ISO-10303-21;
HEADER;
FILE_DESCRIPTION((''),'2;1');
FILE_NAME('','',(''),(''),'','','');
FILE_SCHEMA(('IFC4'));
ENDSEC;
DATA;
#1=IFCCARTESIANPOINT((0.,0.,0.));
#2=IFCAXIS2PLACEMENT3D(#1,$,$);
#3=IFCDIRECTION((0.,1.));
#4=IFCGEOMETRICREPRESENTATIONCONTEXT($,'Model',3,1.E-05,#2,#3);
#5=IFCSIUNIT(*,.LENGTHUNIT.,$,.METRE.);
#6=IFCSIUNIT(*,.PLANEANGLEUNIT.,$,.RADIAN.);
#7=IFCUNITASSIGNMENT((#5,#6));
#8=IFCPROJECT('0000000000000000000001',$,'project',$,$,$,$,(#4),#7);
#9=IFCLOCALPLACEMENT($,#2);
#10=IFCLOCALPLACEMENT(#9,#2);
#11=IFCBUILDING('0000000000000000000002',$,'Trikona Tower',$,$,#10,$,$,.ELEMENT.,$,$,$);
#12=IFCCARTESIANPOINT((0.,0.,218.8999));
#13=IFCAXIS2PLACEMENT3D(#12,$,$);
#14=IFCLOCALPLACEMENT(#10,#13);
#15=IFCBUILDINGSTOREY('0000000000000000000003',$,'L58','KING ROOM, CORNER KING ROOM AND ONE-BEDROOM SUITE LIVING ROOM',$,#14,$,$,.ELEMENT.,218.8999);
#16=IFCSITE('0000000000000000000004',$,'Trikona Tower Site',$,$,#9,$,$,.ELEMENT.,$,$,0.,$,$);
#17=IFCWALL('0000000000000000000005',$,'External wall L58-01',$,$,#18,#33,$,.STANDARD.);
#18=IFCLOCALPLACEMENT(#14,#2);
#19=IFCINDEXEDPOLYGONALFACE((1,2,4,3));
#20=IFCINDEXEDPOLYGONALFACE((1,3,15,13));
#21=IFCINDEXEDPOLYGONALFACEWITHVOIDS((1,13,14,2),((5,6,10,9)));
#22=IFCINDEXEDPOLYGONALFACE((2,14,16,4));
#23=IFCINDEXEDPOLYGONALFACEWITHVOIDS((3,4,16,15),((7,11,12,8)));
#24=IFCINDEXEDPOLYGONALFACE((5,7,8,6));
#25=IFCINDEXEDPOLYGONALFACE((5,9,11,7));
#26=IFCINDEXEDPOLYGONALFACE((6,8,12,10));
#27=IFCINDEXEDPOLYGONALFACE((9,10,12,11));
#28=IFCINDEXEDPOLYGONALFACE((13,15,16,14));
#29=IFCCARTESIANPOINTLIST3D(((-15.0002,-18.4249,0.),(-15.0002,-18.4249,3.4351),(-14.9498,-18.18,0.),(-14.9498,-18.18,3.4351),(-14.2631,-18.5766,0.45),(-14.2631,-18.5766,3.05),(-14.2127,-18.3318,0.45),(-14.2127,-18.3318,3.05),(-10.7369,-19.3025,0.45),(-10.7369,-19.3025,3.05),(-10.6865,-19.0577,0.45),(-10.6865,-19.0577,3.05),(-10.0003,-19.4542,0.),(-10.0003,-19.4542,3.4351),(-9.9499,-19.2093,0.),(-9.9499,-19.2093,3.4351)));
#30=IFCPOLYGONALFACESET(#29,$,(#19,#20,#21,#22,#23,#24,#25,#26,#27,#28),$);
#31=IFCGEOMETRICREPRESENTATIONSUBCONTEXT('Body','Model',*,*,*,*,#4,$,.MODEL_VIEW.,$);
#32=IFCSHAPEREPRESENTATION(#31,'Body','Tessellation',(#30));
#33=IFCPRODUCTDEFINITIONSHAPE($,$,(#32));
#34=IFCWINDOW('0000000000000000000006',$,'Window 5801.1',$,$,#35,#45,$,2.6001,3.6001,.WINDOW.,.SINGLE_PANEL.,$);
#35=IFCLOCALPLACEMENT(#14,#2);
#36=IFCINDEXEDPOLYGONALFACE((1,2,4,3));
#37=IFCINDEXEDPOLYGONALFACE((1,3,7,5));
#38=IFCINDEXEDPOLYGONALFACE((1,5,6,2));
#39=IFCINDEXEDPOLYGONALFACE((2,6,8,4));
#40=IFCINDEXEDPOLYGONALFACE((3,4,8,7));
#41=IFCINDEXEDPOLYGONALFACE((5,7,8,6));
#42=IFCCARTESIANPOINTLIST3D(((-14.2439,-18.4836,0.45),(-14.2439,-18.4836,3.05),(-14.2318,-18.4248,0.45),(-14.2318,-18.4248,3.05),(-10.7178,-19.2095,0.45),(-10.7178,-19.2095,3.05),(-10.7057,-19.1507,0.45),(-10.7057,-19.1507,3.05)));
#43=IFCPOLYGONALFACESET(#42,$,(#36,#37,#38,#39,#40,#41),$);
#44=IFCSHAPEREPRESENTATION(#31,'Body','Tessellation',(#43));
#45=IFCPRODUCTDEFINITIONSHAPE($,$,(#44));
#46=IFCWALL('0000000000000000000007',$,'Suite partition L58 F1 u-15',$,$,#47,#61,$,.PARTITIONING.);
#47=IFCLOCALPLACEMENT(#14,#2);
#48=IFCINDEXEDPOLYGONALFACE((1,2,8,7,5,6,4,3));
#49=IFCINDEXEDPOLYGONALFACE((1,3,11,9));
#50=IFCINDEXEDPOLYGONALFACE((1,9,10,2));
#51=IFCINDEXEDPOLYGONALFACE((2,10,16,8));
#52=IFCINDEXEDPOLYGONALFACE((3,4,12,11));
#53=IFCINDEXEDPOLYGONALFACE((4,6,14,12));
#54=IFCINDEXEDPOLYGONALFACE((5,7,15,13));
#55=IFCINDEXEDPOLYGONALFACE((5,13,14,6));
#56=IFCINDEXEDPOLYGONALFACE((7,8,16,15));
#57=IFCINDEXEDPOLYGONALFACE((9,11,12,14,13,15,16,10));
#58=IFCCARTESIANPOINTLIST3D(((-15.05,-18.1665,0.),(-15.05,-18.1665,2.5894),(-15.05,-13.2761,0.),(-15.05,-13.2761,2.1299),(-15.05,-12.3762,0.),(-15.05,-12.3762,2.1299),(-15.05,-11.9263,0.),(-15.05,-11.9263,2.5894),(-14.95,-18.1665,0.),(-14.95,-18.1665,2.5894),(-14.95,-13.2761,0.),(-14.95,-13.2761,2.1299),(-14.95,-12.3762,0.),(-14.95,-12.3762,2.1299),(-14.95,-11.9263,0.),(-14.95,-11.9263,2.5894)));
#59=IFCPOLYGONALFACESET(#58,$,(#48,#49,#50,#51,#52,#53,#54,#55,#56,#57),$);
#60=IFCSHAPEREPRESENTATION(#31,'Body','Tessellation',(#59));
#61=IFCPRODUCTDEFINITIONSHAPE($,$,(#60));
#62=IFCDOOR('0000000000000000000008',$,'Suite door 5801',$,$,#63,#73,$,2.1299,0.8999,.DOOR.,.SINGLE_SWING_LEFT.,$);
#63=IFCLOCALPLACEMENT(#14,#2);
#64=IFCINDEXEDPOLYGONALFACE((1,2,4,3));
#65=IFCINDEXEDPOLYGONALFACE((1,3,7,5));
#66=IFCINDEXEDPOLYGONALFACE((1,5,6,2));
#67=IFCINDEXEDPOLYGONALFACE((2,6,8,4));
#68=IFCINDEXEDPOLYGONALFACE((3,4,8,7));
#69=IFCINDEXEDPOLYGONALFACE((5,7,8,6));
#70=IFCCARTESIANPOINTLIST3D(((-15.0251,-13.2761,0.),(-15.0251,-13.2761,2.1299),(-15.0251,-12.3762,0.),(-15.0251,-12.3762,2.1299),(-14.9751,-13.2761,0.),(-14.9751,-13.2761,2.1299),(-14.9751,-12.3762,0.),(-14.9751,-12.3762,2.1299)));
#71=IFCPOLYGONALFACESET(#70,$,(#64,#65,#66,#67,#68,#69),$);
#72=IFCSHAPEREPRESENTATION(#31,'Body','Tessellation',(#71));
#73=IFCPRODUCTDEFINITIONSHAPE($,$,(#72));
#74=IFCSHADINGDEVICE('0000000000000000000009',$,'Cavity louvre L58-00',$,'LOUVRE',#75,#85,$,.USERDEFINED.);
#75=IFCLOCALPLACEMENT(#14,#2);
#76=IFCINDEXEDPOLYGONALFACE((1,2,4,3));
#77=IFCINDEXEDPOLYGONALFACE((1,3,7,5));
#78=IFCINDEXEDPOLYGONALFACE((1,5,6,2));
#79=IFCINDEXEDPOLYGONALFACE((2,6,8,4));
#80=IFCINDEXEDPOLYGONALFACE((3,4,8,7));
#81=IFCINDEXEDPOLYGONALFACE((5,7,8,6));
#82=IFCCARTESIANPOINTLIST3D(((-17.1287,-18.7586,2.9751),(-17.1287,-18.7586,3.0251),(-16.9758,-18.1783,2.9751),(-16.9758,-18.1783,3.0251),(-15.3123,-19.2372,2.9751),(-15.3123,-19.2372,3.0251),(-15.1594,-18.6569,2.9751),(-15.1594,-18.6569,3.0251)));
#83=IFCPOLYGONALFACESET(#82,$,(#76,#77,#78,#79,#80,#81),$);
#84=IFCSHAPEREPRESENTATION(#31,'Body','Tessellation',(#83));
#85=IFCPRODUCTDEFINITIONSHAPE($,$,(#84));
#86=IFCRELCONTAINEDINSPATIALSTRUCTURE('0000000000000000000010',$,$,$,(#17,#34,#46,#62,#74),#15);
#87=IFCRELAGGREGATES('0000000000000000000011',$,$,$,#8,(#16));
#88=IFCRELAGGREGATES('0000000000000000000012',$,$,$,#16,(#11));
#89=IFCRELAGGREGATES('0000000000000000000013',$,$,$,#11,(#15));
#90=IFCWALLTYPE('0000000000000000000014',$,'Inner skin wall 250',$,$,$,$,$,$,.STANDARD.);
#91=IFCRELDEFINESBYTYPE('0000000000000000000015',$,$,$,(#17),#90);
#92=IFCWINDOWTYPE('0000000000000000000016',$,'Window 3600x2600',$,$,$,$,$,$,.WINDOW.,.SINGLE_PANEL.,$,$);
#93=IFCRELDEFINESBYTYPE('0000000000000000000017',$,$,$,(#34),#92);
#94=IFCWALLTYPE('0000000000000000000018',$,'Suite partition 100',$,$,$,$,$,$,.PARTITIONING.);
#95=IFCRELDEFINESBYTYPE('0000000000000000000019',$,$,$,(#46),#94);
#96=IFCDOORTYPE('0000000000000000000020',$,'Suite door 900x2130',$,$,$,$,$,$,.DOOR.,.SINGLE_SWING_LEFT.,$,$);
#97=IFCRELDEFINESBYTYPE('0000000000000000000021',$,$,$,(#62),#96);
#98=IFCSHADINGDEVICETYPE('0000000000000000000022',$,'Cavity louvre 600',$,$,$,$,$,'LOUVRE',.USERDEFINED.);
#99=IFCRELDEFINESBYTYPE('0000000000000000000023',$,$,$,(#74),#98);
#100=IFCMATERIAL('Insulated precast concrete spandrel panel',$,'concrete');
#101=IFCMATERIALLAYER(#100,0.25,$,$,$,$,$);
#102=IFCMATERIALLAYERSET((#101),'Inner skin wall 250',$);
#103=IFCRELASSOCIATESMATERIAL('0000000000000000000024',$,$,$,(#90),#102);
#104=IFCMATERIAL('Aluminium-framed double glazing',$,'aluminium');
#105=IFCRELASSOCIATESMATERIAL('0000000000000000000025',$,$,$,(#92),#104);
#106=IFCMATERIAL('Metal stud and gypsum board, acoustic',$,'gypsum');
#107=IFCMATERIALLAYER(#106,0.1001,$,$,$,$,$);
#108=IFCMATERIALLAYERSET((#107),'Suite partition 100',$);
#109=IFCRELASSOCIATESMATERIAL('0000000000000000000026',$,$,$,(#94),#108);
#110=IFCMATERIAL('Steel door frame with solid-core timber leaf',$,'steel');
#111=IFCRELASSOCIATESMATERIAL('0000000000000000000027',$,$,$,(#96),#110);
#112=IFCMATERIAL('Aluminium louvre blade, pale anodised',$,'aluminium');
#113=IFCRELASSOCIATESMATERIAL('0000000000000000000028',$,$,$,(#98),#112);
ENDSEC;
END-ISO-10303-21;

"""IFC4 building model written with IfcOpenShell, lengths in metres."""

from ifc_helpers import new_model, si_unit, direction, frame, frame_2d, origin, origin_2d, place, context, subcontext, project, spatial, rectangle, extrude, material, layer, layer_set, type_object, element, fill, save


model = new_model("IFC4")

# Units and contexts
model_context = context("Model", 3, precision=1e-05, world=origin(), true_north=direction((0.0, 1.0)))
body_context = subcontext(model_context, "Body", "Model", "MODEL_VIEW")
ifc_project = project(units=[si_unit("LENGTHUNIT", "METRE"), si_unit("PLANEANGLEUNIT", "RADIAN")], contexts=[model_context])

# Site, building, storey
site_placement = place(None, origin())
site = spatial("IfcSite", under=ifc_project, at=site_placement, Name="Trikona Tower Site", CompositionType="ELEMENT", RefElevation=0.0)
building_placement = place(site_placement, origin())
building = spatial("IfcBuilding", under=site, at=building_placement, Name="Trikona Tower", CompositionType="ELEMENT")
storey_placement = place(building_placement, frame((0.0, 0.0, 218.8999)))
storey = spatial("IfcBuildingStorey", under=building, at=storey_placement, Name="L58", Description="KING ROOM, CORNER KING ROOM AND ONE-BEDROOM SUITE LIVING ROOM", CompositionType="ELEMENT", Elevation=218.8999)

# Wall, opening, window
ifc_material_1 = material(Name="Insulated precast concrete spandrel panel", Category="concrete")
ifc_layer_1 = layer(ifc_material_1, 0.25)
ifc_layer_set_1 = layer_set([ifc_layer_1], Name="Inner skin wall 250")
wall_type_1 = type_object("IfcWallType", Name="Inner skin wall 250", PredefinedType="STANDARD", material=ifc_layer_set_1)
wall_1_placement = place(storey_placement, frame((-14.9749, -18.3025, 0.0), z_axis=(0.0, 0.0, 1.0), x_axis=(0.979461, -0.201631, 0.0)))
wall_1 = element("IfcWall", 1, at=wall_1_placement, inside=storey, type_object=wall_type_1, Name="External wall L58-01", PredefinedType="STANDARD", context=body_context, shape_type="SweptSolid", body=[
    extrude(rectangle(XDim=5.1047, YDim=0.25, at=frame_2d((2.5522, 0.0))), origin(), (0.0, 0.0, 1.0), 3.4351),
])
opening_1_placement = place(wall_1_placement, frame((0.7524, 0.0, 0.45)))
opening_1 = element("IfcOpeningElement", 2, at=opening_1_placement, cuts=wall_1, PredefinedType="OPENING", context=body_context, shape_type="SweptSolid", body=[
    extrude(rectangle(XDim=3.6001, YDim=2.6001, at=frame_2d((1.8, 1.3))), frame((0.0, 0.135, 0.0), z_axis=(0.0, -1.0, 0.0), x_axis=(1.0, 0.0, 0.0)), (0.0, 0.0, 1.0), 0.27),
])
ifc_material_2 = material(Name="Aluminium-framed double glazing", Category="aluminium")
window_type = type_object("IfcWindowType", Name="Window 3600x2600", PartitioningType="SINGLE_PANEL", PredefinedType="WINDOW", material=ifc_material_2)
window_placement = place(opening_1_placement, origin())
window = element("IfcWindow", 3, at=window_placement, inside=storey, type_object=window_type, Name="Window 5801.1", OverallHeight=2.6001, OverallWidth=3.6001, PartitioningType="SINGLE_PANEL", PredefinedType="WINDOW", context=body_context, shape_type="SweptSolid", body=[
    extrude(rectangle(XDim=3.6001, YDim=2.6001, at=frame_2d((1.8, 1.3))), frame((0.0, 0.03, 0.0), z_axis=(0.0, -1.0, 0.0), x_axis=(1.0, 0.0, 0.0)), (0.0, 0.0, 1.0), 0.0601),
])
fill(opening_1, window)

# Wall, opening, door
ifc_material_3 = material(Name="Metal stud and gypsum board, acoustic", Category="gypsum")
ifc_layer_2 = layer(ifc_material_3, 0.1001)
ifc_layer_set_2 = layer_set([ifc_layer_2], Name="Suite partition 100")
wall_type_2 = type_object("IfcWallType", Name="Suite partition 100", PredefinedType="PARTITIONING", material=ifc_layer_set_2)
wall_2_placement = place(storey_placement, frame((-15.0, -11.9263, 0.0), z_axis=(0.0, 0.0, 1.0), x_axis=(0.0, -1.0, 0.0)))
wall_2 = element("IfcWall", 4, at=wall_2_placement, inside=storey, type_object=wall_type_2, Name="Suite partition L58 F1 u-15", PredefinedType="PARTITIONING", context=body_context, shape_type="SweptSolid", body=[
    extrude(rectangle(XDim=6.2402, YDim=0.1001, at=frame_2d((3.1201, 0.0))), origin(), (0.0, 0.0, 1.0), 2.5894),
])
opening_2_placement = place(wall_2_placement, frame((0.45, 0.0, 0.0)))
opening_2 = element("IfcOpeningElement", 5, at=opening_2_placement, cuts=wall_2, PredefinedType="OPENING", context=body_context, shape_type="SweptSolid", body=[
    extrude(rectangle(XDim=0.8999, YDim=2.1299, at=frame_2d((0.45, 1.0649))), frame((0.0, 0.0601, 0.0), z_axis=(0.0, -1.0, 0.0), x_axis=(1.0, 0.0, 0.0)), (0.0, 0.0, 1.0), 0.1201),
])
ifc_material_4 = material(Name="Steel door frame with solid-core timber leaf", Category="steel")
door_type = type_object("IfcDoorType", Name="Suite door 900x2130", OperationType="SINGLE_SWING_LEFT", PredefinedType="DOOR", material=ifc_material_4)
door_placement = place(opening_2_placement, origin())
door = element("IfcDoor", 6, at=door_placement, inside=storey, type_object=door_type, Name="Suite door 5801", OperationType="SINGLE_SWING_LEFT", OverallHeight=2.1299, OverallWidth=0.8999, PredefinedType="DOOR", context=body_context, shape_type="SweptSolid", body=[
    extrude(rectangle(XDim=0.8999, YDim=2.1299, at=frame_2d((0.45, 1.0649))), frame((0.0, 0.0249, 0.0), z_axis=(0.0, -1.0, 0.0), x_axis=(1.0, 0.0, 0.0)), (0.0, 0.0, 1.0), 0.05),
])
fill(opening_2, door)

# Shading device
ifc_material_5 = material(Name="Aluminium louvre blade, pale anodised", Category="aluminium")
shading_device_type = type_object("IfcShadingDeviceType", Name="Cavity louvre 600", ElementType="LOUVRE", PredefinedType="USERDEFINED", material=ifc_material_5)
shading_device_placement = place(storey_placement, frame((-16.144, -18.7078, 2.9751), z_axis=(0.0, 0.0, 1.0), x_axis=(0.966993, -0.254803, 0.0)))
element("IfcShadingDevice", 7, at=shading_device_placement, inside=storey, type_object=shading_device_type, Name="Cavity louvre L58-00", ObjectType="LOUVRE", PredefinedType="USERDEFINED", context=body_context, shape_type="SweptSolid", body=[
    extrude(rectangle(XDim=1.8784, YDim=0.6001, at=origin_2d()), origin(), (0.0, 0.0, 1.0), 0.05),
])

save(model, "model.ifc")
